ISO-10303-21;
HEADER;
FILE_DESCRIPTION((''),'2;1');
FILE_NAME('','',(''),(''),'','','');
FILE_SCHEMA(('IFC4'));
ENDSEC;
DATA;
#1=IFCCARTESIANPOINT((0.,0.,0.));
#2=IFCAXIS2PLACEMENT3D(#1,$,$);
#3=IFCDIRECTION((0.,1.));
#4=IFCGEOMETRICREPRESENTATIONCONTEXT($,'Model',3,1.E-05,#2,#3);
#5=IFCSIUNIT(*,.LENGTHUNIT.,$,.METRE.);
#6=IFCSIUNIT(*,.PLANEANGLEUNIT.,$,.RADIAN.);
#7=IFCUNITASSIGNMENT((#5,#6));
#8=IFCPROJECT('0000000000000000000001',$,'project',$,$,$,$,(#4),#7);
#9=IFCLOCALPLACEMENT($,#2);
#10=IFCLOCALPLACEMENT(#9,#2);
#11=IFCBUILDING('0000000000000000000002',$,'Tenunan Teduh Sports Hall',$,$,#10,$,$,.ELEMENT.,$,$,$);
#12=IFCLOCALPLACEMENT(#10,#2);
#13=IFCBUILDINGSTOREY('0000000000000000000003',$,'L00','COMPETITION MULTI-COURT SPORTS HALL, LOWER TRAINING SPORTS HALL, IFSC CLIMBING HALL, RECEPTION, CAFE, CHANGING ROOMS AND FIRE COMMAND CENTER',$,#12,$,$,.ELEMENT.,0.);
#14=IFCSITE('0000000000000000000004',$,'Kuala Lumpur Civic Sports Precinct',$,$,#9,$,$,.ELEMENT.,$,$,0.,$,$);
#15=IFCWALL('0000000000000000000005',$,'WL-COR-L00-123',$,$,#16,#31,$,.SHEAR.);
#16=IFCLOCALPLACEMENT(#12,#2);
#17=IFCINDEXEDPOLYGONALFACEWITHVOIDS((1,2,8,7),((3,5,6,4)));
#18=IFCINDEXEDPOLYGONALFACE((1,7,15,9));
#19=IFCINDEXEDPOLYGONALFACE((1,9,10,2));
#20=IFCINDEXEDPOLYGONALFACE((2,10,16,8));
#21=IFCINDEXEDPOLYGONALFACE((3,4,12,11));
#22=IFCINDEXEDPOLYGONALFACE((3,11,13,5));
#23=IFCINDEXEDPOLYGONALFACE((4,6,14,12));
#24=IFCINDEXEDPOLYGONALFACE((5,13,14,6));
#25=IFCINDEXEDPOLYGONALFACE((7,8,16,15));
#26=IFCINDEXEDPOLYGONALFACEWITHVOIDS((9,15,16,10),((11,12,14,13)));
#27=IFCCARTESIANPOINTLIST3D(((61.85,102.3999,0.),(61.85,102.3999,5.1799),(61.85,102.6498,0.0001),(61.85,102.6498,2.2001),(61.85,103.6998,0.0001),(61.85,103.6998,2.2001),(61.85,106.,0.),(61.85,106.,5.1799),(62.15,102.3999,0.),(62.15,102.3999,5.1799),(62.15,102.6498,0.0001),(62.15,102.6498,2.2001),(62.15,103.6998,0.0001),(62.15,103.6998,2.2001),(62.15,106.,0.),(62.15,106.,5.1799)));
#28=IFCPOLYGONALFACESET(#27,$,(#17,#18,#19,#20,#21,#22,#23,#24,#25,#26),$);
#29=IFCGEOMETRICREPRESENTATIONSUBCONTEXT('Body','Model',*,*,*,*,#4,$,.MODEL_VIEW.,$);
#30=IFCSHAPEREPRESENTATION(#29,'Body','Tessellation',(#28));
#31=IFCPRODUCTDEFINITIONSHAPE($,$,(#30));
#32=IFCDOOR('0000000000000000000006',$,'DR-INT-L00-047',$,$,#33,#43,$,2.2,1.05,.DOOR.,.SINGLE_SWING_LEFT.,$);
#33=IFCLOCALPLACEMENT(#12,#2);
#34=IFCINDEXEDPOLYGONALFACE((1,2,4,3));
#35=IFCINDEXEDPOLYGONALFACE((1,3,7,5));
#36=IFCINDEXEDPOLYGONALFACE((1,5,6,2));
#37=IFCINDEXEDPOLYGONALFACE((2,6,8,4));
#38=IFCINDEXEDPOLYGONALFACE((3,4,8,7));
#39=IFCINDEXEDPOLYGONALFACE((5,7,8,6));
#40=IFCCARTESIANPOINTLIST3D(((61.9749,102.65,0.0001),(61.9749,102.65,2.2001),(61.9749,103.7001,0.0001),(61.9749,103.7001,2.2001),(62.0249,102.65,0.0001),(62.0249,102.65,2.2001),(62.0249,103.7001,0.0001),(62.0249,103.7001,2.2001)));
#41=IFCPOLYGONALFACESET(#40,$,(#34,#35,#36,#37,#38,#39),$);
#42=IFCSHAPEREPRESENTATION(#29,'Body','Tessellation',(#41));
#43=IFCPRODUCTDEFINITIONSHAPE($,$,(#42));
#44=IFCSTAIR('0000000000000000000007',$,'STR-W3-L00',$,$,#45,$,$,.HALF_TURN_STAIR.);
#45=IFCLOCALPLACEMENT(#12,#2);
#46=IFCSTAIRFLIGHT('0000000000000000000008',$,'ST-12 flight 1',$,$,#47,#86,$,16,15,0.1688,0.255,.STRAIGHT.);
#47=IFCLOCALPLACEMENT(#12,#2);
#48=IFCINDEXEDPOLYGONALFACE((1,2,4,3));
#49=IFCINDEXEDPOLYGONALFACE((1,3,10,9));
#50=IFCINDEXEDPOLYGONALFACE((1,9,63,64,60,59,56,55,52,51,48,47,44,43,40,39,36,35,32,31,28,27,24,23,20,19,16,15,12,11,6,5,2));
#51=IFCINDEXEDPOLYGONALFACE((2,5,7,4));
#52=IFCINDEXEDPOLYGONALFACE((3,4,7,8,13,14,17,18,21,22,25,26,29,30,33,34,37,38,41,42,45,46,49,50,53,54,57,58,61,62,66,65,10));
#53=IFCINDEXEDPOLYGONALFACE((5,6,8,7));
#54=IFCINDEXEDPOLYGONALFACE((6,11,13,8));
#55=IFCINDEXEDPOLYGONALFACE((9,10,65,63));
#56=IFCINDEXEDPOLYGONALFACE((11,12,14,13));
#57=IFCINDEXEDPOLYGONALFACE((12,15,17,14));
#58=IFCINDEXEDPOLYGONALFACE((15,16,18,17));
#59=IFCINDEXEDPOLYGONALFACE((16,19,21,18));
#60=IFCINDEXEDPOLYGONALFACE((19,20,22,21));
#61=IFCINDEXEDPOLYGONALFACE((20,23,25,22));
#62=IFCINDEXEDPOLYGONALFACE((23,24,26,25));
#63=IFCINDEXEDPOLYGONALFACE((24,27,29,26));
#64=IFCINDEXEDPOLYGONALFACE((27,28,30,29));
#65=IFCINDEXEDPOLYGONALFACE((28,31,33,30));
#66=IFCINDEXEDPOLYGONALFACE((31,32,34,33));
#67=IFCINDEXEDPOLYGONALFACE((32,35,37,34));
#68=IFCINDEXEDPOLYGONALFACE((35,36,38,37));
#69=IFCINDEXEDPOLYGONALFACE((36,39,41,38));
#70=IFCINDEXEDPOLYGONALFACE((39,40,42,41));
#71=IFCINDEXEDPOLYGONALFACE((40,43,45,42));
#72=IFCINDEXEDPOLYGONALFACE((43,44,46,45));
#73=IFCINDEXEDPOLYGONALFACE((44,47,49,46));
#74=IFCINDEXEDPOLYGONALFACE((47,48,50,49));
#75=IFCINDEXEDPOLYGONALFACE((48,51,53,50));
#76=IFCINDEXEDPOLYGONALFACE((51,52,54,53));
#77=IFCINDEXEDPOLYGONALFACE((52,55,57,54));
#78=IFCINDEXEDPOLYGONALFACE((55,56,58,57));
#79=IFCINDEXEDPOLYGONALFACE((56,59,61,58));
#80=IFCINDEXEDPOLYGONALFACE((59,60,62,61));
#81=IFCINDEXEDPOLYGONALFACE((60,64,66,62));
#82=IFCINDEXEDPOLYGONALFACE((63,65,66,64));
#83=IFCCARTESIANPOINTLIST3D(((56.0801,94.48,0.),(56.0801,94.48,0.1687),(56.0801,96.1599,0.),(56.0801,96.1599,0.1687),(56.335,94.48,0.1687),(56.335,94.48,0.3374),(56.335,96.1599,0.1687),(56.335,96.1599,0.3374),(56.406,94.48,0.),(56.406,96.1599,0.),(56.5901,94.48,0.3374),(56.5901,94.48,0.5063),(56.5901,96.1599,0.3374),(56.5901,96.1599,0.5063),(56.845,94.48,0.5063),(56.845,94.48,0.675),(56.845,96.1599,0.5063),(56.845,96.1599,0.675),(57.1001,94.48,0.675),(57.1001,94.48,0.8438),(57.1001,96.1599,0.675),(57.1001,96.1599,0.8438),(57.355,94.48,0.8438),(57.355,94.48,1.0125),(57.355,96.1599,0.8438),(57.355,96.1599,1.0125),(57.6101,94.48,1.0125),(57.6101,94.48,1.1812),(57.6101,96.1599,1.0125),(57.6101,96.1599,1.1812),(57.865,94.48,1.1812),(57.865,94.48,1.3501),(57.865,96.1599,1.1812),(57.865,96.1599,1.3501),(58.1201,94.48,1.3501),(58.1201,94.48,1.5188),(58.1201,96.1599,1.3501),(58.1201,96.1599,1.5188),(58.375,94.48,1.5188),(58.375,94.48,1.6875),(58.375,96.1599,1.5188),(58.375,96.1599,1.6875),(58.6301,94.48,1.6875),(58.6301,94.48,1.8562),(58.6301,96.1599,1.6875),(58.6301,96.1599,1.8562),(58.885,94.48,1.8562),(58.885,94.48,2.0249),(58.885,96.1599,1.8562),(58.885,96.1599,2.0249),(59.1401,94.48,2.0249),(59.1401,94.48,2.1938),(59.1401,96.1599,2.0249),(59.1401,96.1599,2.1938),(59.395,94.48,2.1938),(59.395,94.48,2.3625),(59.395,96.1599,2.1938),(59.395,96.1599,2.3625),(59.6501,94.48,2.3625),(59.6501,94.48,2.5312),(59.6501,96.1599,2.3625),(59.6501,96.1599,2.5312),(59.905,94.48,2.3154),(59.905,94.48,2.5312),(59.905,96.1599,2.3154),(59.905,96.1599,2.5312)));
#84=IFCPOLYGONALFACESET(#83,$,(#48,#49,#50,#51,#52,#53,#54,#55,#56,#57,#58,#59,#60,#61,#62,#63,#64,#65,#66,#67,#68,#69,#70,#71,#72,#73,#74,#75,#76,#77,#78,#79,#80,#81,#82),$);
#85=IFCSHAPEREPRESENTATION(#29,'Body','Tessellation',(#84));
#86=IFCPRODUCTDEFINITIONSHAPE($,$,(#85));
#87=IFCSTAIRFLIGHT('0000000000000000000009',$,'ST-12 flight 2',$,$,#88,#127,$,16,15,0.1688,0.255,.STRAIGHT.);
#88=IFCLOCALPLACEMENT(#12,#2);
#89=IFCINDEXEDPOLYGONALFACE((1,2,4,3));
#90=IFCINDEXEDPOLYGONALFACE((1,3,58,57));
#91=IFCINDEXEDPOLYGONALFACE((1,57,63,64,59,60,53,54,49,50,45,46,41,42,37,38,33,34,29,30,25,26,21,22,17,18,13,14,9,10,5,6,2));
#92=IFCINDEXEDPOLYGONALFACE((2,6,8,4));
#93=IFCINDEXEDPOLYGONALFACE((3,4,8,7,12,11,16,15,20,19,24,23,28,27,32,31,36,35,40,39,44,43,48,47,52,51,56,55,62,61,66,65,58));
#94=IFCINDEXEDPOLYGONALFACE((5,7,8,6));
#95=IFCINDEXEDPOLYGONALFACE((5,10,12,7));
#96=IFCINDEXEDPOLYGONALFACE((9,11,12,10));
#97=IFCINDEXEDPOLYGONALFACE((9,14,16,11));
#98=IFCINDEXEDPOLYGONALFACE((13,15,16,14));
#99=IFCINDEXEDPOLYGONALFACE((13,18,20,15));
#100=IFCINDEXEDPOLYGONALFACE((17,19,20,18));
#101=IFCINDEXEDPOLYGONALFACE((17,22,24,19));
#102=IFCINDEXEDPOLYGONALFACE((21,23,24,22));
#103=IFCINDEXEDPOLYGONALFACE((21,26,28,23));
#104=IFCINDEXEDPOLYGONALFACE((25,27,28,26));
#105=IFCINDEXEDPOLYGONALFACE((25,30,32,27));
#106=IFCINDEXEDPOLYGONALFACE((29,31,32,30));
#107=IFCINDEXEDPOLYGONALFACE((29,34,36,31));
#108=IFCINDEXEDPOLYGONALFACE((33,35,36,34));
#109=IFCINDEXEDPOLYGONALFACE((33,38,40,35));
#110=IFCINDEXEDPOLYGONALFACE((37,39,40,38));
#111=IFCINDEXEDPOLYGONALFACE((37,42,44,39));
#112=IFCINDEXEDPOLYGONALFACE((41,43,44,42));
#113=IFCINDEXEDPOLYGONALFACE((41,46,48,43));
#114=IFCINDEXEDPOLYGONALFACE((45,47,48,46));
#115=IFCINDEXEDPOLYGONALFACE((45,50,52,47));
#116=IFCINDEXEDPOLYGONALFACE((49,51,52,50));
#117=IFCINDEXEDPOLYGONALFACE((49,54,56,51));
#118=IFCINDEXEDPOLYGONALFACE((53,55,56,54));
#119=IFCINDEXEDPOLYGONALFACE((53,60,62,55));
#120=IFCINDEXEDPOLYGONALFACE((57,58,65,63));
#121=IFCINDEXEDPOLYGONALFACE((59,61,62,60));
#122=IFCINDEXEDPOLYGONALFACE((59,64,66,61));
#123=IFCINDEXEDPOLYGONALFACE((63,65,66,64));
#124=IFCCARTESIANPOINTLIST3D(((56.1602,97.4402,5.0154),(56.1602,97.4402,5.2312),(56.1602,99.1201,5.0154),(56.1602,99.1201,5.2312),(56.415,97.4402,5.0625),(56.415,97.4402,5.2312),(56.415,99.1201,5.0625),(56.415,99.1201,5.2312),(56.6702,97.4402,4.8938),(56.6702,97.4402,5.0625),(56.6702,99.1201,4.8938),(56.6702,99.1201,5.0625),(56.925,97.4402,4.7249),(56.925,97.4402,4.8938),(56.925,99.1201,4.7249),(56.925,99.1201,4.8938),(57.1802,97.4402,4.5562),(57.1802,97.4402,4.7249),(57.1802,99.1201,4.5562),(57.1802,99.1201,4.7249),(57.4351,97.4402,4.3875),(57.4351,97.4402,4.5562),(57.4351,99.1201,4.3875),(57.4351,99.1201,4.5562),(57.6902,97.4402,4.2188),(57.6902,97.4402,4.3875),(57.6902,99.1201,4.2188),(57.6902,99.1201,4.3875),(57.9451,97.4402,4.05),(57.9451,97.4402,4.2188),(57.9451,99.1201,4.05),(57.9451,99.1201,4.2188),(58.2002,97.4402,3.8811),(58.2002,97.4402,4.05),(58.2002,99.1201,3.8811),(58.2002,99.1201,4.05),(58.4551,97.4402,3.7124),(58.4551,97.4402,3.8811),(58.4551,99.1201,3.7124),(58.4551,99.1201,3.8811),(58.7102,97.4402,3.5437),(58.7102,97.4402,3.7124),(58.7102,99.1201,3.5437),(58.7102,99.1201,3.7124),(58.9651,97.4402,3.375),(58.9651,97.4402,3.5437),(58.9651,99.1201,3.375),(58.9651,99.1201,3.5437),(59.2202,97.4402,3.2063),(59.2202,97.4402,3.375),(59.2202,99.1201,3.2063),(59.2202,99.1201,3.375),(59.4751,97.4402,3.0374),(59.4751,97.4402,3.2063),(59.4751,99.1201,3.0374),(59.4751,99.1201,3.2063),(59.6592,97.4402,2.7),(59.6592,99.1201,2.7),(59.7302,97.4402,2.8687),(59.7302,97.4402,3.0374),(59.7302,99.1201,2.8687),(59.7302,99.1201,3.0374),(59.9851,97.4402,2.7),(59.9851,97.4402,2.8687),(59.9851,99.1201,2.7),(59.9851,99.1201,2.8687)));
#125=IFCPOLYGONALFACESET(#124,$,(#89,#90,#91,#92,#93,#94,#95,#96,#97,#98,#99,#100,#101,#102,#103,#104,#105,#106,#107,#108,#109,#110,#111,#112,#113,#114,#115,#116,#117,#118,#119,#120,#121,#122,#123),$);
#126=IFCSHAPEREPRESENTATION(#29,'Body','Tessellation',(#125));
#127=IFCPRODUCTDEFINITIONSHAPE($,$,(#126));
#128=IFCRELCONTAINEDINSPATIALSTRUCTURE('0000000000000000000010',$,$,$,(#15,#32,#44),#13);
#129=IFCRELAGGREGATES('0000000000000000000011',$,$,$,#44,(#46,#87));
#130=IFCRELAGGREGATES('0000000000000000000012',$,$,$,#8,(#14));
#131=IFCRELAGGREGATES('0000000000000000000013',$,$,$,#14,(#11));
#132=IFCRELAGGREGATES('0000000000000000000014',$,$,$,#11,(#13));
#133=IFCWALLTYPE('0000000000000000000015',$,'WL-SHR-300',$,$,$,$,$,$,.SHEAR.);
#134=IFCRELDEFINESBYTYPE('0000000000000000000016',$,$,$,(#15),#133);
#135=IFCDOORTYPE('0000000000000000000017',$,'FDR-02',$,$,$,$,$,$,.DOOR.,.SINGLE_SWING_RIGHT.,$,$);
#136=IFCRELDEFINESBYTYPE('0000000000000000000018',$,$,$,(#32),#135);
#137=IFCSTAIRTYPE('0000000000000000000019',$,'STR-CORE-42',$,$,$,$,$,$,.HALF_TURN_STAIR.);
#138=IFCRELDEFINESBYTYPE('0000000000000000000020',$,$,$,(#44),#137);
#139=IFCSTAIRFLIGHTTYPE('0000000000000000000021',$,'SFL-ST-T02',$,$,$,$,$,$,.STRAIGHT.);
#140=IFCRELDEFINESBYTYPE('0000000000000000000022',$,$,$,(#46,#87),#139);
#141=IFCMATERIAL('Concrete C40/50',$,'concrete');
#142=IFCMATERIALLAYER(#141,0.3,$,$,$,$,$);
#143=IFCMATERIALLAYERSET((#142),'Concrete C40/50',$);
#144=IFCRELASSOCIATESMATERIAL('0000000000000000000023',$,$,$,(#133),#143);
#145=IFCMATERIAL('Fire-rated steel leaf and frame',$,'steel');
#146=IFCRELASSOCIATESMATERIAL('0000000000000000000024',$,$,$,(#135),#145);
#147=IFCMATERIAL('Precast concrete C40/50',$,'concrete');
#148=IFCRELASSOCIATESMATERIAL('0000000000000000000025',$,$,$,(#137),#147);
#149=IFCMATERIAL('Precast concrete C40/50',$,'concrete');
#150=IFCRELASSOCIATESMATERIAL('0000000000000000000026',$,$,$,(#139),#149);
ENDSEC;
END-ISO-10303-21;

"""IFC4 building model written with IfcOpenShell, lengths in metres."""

from ifc_helpers import new_model, si_unit, direction, frame, frame_2d, origin, place, context, subcontext, project, spatial, polyline, rectangle, outline, extrude, material, layer, layer_set, type_object, element, fill, aggregate, save


model = new_model("IFC4")

# Units and contexts
model_context = context("Model", 3, precision=1e-05, world=origin(), true_north=direction((0.0, 1.0)))
body_context = subcontext(model_context, "Body", "Model", "MODEL_VIEW")
ifc_project = project(units=[si_unit("LENGTHUNIT", "METRE"), si_unit("PLANEANGLEUNIT", "RADIAN")], contexts=[model_context])

# Site, building, storey
site_placement = place(None, origin())
site = spatial("IfcSite", under=ifc_project, at=site_placement, Name="Kuala Lumpur Civic Sports Precinct", CompositionType="ELEMENT", RefElevation=0.0)
building_placement = place(site_placement, origin())
building = spatial("IfcBuilding", under=site, at=building_placement, Name="Tenunan Teduh Sports Hall", CompositionType="ELEMENT")
storey_placement = place(building_placement, origin())
storey = spatial("IfcBuildingStorey", under=building, at=storey_placement, Name="L00", Description="COMPETITION MULTI-COURT SPORTS HALL, LOWER TRAINING SPORTS HALL, IFSC CLIMBING HALL, RECEPTION, CAFE, CHANGING ROOMS AND FIRE COMMAND CENTER", CompositionType="ELEMENT", Elevation=0.0)

# Shared definitions
ifc_material_1 = material(Name="Concrete C40/50", Category="concrete")
ifc_layer_1 = layer(ifc_material_1, 0.3)
ifc_layer_set_1 = layer_set([ifc_layer_1], Name="Concrete C40/50")
wall_type_1 = type_object("IfcWallType", Name="WL-SHR-300", PredefinedType="SHEAR", material=ifc_layer_set_1)

# Wall, opening, door
wall_1_placement = place(storey_placement, frame((62.0, 102.3999, 0.0), z_axis=(0.0, 0.0, 1.0), x_axis=(0.0, 1.0, 0.0)))
wall_1 = element("IfcWall", 1, at=wall_1_placement, inside=storey, type_object=wall_type_1, Name="WL-COR-L00-123", PredefinedType="SHEAR", context=body_context, shape_type="SweptSolid", body=[
    extrude(rectangle(XDim=3.6001, YDim=0.3, at=frame_2d((1.8, 0.0))), origin(), (0.0, 0.0, 1.0), 5.1799),
])
opening_1_placement = place(wall_1_placement, frame((0.25, 0.0, 0.0)))
opening_1 = element("IfcOpeningElement", 2, at=opening_1_placement, cuts=wall_1, PredefinedType="OPENING", context=body_context, shape_type="SweptSolid", body=[
    extrude(rectangle(XDim=1.05, YDim=2.2, at=frame_2d((0.5249, 1.1001))), frame((0.0, 0.1599, 0.0), z_axis=(0.0, -1.0, 0.0), x_axis=(1.0, 0.0, 0.0)), (0.0, 0.0, 1.0), 0.3201),
])
ifc_material_2 = material(Name="Fire-rated steel leaf and frame", Category="steel")
door_type_1 = type_object("IfcDoorType", Name="FDR-02", OperationType="SINGLE_SWING_RIGHT", PredefinedType="DOOR", material=ifc_material_2)
door_1_placement = place(opening_1_placement, frame((1.05, 0.0, 0.0), z_axis=(0.0, 0.0, 1.0), x_axis=(-1.0, 0.0, 0.0)))
door_1 = element("IfcDoor", 3, at=door_1_placement, inside=storey, type_object=door_type_1, Name="DR-INT-L00-047", OperationType="SINGLE_SWING_LEFT", OverallHeight=2.2, OverallWidth=1.05, PredefinedType="DOOR", context=body_context, shape_type="SweptSolid", body=[
    extrude(rectangle(XDim=1.05, YDim=2.2, at=frame_2d((0.5249, 1.1001))), frame((0.0, 0.0249, 0.0), z_axis=(0.0, -1.0, 0.0), x_axis=(1.0, 0.0, 0.0)), (0.0, 0.0, 1.0), 0.05),
])
fill(opening_1, door_1)

# Stair, stair flights
ifc_material_3 = material(Name="Precast concrete C40/50", Category="concrete")
stair_type = type_object("IfcStairType", Name="STR-CORE-42", PredefinedType="HALF_TURN_STAIR", material=ifc_material_3)
stair_placement = place(storey_placement, origin())
stair = element("IfcStair", 4, at=stair_placement, inside=storey, type_object=stair_type, Name="STR-W3-L00", PredefinedType="HALF_TURN_STAIR")
ifc_material_4 = material(Name="Precast concrete C40/50", Category="concrete")
stair_flight_type = type_object("IfcStairFlightType", Name="SFL-ST-T02", PredefinedType="STRAIGHT", material=ifc_material_4)
stair_flight_1_placement = place(storey_placement, frame((56.0801, 95.3201, 0.0), z_axis=(0.0, 0.0, 1.0), x_axis=(1.0, 0.0, 0.0)))
stair_flight_1 = element("IfcStairFlight", 5, at=stair_flight_1_placement, type_object=stair_flight_type, Name="ST-12 flight 1", NumberOfRisers=16, NumberOfTreads=15, PredefinedType="STRAIGHT", RiserHeight=0.1688, TreadLength=0.255, context=body_context, shape_type="SweptSolid", body=[
    extrude(outline(polyline([(0.0, 0.0), (0.0, 0.1687), (0.2549, 0.1687), (0.2549, 0.3374), (0.51, 0.3374), (0.51, 0.5063), (0.7649, 0.5063), (0.7649, 0.675), (1.02, 0.675), (1.02, 0.8438), (1.2749, 0.8438), (1.2749, 1.0125), (1.53, 1.0125), (1.53, 1.1812), (1.7849, 1.1812), (1.7849, 1.3501), (2.04, 1.3501), (2.04, 1.5188), (2.2949, 1.5188), (2.2949, 1.6875), (2.55, 1.6875), (2.55, 1.8562), (2.8049, 1.8562), (2.8049, 2.0249), (3.0601, 2.0249), (3.0601, 2.1938), (3.3149, 2.1938), (3.3149, 2.3625), (3.5701, 2.3625), (3.5701, 2.5312), (3.825, 2.5312), (3.825, 2.7), (3.825, 2.3154), (0.3259, 0.0), (0.0, 0.0)])), frame((0.0, 0.8398, 0.0), z_axis=(0.0, -1.0, 0.0), x_axis=(1.0, 0.0, 0.0)), (0.0, 0.0, 1.0), 1.6799),
])
stair_flight_2_placement = place(storey_placement, frame((59.9851, 98.28, 2.7), z_axis=(0.0, 0.0, 1.0), x_axis=(-1.0, 0.0, 0.0)))
stair_flight_2 = element("IfcStairFlight", 6, at=stair_flight_2_placement, type_object=stair_flight_type, Name="ST-12 flight 2", NumberOfRisers=16, NumberOfTreads=15, PredefinedType="STRAIGHT", RiserHeight=0.1688, TreadLength=0.255, context=body_context, shape_type="SweptSolid", body=[
    extrude(outline(polyline([(0.0, 0.0), (0.0, 0.1687), (0.2549, 0.1687), (0.2549, 0.3374), (0.51, 0.3374), (0.51, 0.5063), (0.7649, 0.5063), (0.7649, 0.675), (1.02, 0.675), (1.02, 0.8438), (1.2749, 0.8438), (1.2749, 1.0125), (1.53, 1.0125), (1.53, 1.1812), (1.7849, 1.1812), (1.7849, 1.3501), (2.04, 1.3501), (2.04, 1.5188), (2.2949, 1.5188), (2.2949, 1.6875), (2.55, 1.6875), (2.55, 1.8562), (2.8049, 1.8562), (2.8049, 2.0249), (3.0601, 2.0249), (3.0601, 2.1938), (3.3149, 2.1938), (3.3149, 2.3625), (3.5701, 2.3625), (3.5701, 2.5312), (3.825, 2.5312), (3.825, 2.7), (3.825, 2.3154), (0.3259, 0.0), (0.0, 0.0)])), frame((0.0, 0.8398, 0.0), z_axis=(0.0, -1.0, 0.0), x_axis=(1.0, 0.0, 0.0)), (0.0, 0.0, 1.0), 1.6799),
])

aggregate(stair, [stair_flight_1, stair_flight_2])

save(model, "model.ifc")
